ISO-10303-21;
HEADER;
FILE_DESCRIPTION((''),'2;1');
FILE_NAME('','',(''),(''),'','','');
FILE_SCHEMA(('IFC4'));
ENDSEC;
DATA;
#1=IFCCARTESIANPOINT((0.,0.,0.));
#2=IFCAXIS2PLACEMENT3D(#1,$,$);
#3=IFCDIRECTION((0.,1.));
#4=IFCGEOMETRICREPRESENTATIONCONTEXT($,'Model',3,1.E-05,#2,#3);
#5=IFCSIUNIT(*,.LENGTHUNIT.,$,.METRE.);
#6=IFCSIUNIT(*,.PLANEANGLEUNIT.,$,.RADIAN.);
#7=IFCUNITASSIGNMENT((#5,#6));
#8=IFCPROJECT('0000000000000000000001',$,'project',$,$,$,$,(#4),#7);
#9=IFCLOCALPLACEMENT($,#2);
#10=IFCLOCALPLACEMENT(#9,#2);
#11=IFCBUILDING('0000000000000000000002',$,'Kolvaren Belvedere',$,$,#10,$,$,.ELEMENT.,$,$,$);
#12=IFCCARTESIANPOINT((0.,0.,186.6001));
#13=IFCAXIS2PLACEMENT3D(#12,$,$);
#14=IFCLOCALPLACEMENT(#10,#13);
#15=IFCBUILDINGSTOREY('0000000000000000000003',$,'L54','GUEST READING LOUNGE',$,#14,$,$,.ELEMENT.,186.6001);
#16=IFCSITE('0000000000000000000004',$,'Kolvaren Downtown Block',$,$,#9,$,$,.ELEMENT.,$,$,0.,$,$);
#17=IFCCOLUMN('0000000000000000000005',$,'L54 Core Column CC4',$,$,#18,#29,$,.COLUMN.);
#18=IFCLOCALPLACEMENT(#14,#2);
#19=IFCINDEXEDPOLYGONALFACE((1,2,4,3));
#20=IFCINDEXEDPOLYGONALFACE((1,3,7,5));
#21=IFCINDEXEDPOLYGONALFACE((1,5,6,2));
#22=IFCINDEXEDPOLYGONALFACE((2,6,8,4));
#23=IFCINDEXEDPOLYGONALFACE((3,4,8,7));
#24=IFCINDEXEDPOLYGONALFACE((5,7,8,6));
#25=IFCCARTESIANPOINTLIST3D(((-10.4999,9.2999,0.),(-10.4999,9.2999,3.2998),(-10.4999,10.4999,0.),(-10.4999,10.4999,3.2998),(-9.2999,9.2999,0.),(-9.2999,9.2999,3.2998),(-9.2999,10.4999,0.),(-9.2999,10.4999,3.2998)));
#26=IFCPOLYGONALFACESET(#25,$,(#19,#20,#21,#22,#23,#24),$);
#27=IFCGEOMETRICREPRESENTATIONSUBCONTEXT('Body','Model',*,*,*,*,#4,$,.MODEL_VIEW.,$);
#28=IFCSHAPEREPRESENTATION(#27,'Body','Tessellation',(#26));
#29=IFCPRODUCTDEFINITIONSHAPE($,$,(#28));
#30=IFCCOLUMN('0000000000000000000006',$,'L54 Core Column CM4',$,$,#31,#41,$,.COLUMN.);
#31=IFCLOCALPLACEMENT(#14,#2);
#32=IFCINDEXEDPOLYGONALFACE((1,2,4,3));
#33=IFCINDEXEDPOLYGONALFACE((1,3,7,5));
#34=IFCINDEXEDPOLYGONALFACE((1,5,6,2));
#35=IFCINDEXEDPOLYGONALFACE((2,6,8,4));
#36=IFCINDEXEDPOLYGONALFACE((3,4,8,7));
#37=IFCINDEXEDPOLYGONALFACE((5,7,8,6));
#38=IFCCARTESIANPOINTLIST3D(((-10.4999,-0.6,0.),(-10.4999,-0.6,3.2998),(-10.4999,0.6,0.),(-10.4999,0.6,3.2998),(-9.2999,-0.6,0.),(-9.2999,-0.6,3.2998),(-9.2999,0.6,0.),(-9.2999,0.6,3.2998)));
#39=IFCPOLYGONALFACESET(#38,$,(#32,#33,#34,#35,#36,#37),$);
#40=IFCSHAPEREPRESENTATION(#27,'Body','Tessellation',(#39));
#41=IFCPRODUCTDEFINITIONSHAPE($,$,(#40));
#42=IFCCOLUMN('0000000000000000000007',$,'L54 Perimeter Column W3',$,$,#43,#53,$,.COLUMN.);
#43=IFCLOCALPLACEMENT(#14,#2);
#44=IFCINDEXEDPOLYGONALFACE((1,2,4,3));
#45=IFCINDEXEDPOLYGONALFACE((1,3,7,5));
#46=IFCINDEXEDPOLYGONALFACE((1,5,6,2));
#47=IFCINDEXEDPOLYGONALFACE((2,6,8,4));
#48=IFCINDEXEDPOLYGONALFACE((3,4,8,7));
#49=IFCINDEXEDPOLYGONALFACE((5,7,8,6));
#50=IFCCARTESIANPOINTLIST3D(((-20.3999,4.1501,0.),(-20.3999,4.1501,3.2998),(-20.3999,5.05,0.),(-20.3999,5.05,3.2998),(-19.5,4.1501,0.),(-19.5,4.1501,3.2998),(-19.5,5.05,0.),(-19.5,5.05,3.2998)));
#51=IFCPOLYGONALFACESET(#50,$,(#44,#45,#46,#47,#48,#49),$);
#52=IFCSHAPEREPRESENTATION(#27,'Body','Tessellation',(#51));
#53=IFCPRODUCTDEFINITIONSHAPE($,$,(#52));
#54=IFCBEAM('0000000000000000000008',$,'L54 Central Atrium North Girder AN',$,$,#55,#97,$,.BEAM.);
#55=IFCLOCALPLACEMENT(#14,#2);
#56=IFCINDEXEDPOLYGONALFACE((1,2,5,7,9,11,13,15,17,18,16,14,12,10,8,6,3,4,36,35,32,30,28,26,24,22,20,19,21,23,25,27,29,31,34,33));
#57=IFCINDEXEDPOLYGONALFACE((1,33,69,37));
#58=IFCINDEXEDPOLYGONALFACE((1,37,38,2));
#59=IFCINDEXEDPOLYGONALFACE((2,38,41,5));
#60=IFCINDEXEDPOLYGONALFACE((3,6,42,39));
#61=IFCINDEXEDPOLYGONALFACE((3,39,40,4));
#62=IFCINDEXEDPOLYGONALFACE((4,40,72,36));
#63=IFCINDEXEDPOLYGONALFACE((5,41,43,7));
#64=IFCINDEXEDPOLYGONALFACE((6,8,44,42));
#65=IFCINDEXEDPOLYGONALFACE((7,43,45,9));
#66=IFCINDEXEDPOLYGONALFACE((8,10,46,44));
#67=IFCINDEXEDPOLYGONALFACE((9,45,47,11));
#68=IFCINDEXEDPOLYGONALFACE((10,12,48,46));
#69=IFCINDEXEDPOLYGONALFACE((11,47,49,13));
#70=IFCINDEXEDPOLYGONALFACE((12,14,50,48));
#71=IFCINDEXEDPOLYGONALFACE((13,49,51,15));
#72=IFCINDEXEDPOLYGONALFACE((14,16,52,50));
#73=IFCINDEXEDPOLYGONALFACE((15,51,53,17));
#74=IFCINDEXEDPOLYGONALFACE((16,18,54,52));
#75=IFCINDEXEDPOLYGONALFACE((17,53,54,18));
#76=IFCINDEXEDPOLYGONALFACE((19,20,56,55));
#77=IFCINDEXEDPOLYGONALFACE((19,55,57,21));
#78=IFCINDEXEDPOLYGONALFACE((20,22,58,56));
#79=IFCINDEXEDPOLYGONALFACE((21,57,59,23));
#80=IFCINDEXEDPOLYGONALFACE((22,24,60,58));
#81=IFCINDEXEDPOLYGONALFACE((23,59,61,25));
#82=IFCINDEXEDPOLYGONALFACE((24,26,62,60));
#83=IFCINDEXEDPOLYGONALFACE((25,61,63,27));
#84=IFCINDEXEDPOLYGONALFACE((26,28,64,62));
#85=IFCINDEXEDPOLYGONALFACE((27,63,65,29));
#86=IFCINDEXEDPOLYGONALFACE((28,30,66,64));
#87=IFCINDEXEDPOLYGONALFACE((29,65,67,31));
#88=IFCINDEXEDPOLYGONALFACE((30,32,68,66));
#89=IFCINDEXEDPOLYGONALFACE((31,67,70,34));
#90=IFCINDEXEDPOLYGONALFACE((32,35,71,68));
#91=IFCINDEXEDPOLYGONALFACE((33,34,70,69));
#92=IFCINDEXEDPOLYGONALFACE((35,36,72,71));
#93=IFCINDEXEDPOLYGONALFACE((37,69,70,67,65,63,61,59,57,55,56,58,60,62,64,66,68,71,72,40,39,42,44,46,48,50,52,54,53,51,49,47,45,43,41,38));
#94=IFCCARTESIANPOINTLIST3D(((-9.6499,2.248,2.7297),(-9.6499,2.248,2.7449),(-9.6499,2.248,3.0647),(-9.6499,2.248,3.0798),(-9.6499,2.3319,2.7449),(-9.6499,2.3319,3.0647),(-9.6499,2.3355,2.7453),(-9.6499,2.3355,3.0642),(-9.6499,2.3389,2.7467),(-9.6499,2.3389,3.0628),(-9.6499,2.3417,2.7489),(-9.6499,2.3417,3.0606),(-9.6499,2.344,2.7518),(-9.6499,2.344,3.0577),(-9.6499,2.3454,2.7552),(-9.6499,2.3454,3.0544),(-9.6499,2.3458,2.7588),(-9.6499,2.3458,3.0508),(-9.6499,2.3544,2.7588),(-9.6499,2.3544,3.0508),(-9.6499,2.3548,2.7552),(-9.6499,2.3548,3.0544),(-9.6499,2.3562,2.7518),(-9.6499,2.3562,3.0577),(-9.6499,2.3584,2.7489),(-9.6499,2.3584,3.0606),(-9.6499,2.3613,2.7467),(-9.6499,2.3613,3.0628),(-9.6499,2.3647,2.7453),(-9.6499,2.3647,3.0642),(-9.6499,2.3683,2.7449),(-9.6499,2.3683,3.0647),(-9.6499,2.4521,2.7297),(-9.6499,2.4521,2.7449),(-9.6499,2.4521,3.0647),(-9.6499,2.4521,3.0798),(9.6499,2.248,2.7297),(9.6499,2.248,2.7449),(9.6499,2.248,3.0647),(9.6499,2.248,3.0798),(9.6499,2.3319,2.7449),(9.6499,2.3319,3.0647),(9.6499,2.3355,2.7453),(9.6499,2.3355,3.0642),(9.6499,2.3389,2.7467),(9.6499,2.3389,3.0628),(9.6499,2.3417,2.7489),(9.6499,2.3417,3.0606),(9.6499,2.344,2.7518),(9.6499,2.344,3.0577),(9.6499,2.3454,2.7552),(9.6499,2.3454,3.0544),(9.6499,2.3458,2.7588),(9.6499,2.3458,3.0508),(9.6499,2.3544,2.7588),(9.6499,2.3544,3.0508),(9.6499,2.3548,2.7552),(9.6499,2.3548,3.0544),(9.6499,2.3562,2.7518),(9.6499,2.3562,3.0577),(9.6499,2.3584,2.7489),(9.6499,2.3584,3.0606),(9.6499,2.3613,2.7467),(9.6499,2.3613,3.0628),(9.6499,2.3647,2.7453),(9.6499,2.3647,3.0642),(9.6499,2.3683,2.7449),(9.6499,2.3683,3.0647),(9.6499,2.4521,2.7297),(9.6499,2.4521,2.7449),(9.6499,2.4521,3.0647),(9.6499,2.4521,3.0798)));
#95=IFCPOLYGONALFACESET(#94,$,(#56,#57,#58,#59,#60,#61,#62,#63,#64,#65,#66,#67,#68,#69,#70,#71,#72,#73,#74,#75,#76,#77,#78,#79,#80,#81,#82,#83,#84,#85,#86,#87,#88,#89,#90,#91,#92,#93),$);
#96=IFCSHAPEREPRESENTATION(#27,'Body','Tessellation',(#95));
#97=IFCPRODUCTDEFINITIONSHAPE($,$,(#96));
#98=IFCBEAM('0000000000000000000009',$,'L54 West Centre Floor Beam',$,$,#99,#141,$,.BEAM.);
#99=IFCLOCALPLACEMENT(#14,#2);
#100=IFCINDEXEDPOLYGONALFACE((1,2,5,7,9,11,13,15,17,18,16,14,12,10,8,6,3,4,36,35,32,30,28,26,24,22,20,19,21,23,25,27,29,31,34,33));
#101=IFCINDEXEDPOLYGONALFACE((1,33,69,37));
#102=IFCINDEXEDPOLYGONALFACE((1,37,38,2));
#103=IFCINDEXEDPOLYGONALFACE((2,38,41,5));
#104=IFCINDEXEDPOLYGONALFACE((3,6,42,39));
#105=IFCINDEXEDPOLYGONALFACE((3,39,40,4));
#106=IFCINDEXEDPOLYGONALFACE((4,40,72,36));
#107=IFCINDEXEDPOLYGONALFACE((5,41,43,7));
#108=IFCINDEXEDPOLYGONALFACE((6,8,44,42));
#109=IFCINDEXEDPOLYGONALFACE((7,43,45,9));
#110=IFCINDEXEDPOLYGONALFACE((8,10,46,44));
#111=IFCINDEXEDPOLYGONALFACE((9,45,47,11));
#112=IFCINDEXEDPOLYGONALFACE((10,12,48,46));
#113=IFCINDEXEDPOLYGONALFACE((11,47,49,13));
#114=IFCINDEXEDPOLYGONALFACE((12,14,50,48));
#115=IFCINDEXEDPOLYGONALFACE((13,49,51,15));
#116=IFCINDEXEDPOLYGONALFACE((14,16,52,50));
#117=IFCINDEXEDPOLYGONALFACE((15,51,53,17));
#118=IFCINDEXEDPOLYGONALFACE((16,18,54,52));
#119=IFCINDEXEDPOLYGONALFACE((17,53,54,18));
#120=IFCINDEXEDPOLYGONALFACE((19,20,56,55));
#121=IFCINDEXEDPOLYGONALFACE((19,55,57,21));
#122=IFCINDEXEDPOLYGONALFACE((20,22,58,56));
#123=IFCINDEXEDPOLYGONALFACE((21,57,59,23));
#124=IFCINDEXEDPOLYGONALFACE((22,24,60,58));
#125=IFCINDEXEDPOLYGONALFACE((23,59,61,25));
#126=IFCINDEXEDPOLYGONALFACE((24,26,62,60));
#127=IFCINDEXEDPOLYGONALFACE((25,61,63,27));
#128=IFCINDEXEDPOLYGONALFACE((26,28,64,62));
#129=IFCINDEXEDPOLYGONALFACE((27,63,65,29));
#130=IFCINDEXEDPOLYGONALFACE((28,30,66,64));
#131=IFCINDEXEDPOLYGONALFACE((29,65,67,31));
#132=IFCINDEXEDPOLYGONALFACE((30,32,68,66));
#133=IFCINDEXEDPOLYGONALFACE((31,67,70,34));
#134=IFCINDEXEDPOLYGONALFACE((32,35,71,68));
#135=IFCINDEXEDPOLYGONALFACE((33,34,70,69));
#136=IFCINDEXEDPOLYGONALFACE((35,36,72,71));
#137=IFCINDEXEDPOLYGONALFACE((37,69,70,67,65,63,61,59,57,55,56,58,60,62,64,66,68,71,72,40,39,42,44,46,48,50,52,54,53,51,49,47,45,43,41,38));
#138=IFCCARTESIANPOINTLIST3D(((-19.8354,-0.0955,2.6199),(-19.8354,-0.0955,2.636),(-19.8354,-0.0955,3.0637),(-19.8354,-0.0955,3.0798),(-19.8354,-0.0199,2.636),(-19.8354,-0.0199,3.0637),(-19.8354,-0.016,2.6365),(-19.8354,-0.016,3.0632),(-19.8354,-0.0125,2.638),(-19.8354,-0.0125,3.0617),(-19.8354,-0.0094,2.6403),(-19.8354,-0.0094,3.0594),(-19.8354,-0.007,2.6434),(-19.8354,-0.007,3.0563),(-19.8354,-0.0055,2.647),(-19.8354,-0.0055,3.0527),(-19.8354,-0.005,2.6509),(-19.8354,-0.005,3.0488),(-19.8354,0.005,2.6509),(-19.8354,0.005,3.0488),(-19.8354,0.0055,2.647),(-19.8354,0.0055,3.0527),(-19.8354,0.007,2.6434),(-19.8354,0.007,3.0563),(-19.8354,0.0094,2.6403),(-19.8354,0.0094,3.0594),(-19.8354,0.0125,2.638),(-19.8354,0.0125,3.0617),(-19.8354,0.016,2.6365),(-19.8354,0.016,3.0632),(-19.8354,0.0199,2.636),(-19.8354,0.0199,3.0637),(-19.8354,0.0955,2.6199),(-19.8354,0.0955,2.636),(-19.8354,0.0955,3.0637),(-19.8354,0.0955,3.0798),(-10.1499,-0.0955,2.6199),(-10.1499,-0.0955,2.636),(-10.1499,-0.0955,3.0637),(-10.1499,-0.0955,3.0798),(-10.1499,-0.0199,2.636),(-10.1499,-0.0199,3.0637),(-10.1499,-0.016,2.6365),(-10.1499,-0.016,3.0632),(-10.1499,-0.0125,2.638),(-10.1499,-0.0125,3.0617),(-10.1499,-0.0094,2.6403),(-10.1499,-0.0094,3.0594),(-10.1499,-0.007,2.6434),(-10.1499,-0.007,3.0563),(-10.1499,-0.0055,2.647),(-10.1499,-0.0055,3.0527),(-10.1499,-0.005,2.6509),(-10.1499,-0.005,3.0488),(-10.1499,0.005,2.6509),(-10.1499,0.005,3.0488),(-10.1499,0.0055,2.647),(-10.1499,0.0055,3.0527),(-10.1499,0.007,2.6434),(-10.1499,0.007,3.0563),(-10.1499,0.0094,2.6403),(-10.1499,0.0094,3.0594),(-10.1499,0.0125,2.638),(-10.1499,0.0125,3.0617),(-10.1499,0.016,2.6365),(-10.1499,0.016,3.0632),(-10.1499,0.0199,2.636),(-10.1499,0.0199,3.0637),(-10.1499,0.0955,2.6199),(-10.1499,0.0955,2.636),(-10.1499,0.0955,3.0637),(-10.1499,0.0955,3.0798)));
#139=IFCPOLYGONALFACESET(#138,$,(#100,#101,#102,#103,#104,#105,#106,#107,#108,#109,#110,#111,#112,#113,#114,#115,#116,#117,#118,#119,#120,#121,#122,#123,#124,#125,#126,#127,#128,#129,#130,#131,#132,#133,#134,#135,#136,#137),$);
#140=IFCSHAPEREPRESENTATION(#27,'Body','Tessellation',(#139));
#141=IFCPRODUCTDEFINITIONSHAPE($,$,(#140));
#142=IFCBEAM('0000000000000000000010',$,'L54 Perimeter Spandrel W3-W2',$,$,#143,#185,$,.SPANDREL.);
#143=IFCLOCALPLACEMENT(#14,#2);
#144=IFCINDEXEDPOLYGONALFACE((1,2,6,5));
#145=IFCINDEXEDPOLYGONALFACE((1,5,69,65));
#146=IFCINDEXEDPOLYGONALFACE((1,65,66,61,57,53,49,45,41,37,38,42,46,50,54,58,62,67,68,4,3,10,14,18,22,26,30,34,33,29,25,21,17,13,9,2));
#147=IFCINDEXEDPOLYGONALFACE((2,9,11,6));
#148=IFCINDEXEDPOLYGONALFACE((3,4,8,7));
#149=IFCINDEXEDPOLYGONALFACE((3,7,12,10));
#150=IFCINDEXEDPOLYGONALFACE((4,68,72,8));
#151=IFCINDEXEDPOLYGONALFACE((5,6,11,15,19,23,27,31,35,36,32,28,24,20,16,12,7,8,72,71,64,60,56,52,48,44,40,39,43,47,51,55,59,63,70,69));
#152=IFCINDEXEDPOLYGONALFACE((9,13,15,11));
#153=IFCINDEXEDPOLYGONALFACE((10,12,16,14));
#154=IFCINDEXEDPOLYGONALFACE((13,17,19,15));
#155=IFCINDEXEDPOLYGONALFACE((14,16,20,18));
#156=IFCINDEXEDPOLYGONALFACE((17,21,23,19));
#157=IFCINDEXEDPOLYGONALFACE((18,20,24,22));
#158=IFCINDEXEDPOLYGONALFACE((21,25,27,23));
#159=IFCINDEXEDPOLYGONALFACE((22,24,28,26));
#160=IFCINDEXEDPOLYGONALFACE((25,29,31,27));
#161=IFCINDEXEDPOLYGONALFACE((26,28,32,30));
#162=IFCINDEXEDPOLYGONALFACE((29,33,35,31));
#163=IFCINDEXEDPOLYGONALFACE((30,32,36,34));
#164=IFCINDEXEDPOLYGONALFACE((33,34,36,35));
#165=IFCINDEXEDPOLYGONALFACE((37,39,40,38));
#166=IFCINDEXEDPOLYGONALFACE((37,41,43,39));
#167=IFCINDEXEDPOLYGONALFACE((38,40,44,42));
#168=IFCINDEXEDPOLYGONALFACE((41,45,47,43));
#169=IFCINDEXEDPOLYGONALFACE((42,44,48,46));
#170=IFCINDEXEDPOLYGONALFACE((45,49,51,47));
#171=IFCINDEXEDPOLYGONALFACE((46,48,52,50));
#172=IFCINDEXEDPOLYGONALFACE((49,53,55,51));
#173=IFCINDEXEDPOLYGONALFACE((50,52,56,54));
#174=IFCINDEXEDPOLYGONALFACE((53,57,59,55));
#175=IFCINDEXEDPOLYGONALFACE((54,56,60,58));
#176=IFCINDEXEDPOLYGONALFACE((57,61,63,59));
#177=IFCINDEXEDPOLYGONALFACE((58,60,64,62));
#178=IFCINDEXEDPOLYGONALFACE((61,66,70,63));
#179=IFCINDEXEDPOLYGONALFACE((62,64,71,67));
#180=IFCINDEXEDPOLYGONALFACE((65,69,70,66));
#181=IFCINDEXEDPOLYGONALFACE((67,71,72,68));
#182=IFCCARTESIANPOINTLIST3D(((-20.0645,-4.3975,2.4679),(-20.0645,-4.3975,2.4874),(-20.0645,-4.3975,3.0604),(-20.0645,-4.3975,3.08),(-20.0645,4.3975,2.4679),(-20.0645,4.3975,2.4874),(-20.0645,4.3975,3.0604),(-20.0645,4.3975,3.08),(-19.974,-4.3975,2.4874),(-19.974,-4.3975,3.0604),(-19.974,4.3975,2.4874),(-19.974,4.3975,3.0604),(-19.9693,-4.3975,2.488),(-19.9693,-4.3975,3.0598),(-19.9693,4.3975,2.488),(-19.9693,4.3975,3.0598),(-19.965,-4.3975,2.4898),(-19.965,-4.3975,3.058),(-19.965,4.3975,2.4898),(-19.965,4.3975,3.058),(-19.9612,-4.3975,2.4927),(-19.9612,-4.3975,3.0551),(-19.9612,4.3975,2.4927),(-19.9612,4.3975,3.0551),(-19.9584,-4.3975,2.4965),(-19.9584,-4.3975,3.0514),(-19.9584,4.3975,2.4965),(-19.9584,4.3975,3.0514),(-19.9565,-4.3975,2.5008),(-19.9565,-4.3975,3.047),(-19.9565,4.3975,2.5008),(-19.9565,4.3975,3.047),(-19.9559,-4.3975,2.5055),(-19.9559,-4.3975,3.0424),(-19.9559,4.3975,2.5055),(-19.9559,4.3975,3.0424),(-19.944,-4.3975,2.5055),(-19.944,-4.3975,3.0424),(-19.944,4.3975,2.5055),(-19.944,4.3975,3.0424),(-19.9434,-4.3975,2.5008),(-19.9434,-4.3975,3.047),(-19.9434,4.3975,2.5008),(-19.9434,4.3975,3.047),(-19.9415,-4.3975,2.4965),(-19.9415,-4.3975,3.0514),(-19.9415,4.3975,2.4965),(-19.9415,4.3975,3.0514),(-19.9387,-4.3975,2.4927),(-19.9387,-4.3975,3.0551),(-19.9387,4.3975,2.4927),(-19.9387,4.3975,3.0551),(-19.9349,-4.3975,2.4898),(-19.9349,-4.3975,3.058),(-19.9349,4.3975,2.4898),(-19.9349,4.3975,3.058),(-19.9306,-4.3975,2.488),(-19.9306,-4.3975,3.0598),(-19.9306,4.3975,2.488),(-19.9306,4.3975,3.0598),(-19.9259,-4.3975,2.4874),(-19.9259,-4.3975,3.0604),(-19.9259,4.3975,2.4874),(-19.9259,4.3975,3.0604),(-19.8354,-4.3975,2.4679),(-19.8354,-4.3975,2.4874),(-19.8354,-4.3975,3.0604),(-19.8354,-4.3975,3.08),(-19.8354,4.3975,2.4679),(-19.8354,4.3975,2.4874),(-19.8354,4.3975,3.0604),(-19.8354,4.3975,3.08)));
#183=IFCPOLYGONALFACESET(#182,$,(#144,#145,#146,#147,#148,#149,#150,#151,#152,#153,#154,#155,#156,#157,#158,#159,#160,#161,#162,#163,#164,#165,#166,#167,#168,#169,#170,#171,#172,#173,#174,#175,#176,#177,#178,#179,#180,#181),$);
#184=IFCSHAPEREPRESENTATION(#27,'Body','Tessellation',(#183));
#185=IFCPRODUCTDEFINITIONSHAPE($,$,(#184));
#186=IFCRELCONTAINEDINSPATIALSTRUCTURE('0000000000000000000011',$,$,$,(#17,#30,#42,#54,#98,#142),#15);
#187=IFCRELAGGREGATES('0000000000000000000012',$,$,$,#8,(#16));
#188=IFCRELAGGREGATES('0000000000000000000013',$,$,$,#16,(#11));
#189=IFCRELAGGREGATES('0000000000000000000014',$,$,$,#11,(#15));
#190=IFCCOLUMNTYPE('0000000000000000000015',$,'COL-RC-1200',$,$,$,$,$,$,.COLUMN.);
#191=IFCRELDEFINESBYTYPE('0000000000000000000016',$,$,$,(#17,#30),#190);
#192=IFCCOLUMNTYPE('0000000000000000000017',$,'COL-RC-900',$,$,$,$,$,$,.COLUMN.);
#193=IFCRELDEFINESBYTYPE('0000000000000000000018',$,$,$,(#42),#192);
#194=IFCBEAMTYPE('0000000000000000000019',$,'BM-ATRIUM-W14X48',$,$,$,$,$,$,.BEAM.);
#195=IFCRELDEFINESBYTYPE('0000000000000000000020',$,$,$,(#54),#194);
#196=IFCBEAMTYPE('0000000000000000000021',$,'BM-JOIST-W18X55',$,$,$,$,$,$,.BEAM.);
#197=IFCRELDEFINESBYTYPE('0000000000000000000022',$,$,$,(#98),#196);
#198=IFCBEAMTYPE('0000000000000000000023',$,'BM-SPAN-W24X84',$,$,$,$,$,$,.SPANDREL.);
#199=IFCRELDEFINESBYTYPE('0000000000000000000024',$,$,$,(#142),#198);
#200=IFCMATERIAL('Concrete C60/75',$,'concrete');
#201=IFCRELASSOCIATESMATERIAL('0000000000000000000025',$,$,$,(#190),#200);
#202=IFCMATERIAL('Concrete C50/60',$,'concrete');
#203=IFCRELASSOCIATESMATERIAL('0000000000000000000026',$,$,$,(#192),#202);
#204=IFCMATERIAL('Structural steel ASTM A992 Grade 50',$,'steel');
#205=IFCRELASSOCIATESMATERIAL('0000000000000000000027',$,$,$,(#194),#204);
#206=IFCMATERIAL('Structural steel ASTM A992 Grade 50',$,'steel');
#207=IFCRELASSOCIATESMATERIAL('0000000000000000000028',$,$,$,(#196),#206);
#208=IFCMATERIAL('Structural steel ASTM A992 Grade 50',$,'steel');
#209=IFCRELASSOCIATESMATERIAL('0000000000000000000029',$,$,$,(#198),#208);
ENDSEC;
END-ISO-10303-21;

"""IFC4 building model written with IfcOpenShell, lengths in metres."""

from ifc_helpers import new_model, si_unit, direction, frame, origin, origin_2d, place, context, subcontext, project, spatial, rectangle, i_section, extrude, material, material_profile, profile_set, type_object, element, save


model = new_model("IFC4")

# Units and contexts
model_context = context("Model", 3, precision=1e-05, world=origin(), true_north=direction((0.0, 1.0)))
body_context = subcontext(model_context, "Body", "Model", "MODEL_VIEW")
ifc_project = project(units=[si_unit("LENGTHUNIT", "METRE"), si_unit("PLANEANGLEUNIT", "RADIAN")], contexts=[model_context])

# Site, building, storey
site_placement = place(None, origin())
site = spatial("IfcSite", under=ifc_project, at=site_placement, Name="Kolvaren Downtown Block", CompositionType="ELEMENT", RefElevation=0.0)
building_placement = place(site_placement, origin())
building = spatial("IfcBuilding", under=site, at=building_placement, Name="Kolvaren Belvedere", CompositionType="ELEMENT")
storey_placement = place(building_placement, frame((0.0, 0.0, 186.6001)))
storey = spatial("IfcBuildingStorey", under=building, at=storey_placement, Name="L54", Description="GUEST READING LOUNGE", CompositionType="ELEMENT", Elevation=186.6001)

# Columns
ifc_material_1 = material(Name="Concrete C60/75", Category="concrete")
ifc_material_profile_1 = material_profile(ifc_material_1, rectangle(XDim=1.2, YDim=1.2, at=origin_2d()), Name="RC 1200X1200")
ifc_profile_set_1 = profile_set([ifc_material_profile_1], Name="Concrete C60/75")
column_type_1 = type_object("IfcColumnType", Name="COL-RC-1200", PredefinedType="COLUMN", material=ifc_profile_set_1)
for number, where, z_axis, x_axis, name in (
    (1, (-9.8999, 9.8999, 0.0), (0.0, 0.0, 1.0), (1.0, 0.0, 0.0), "L54 Core Column CC4"),
    (2, (-9.8999, 0.0, 0.0), (0.0, 0.0, 1.0), (1.0, 0.0, 0.0), "L54 Core Column CM4"),
):
    element("IfcColumn", number, at=place(storey_placement, frame(where, z_axis=z_axis, x_axis=x_axis)), inside=storey, type_object=column_type_1, Name=name, PredefinedType="COLUMN", context=body_context, shape_type="SweptSolid", body=[
        extrude(rectangle(XDim=1.2, YDim=1.2, at=origin_2d()), origin(), (0.0, 0.0, 1.0), 3.2998),
    ])
ifc_material_2 = material(Name="Concrete C50/60", Category="concrete")
ifc_material_profile_2 = material_profile(ifc_material_2, rectangle(XDim=0.8999, YDim=0.8999, at=origin_2d()), Name="RC 900X900")
ifc_profile_set_2 = profile_set([ifc_material_profile_2], Name="Concrete C50/60")
column_type_2 = type_object("IfcColumnType", Name="COL-RC-900", PredefinedType="COLUMN", material=ifc_profile_set_2)
column_placement = place(storey_placement, frame((-19.95, 4.6001, 0.0), z_axis=(0.0, 0.0, 1.0), x_axis=(1.0, 0.0, 0.0)))
element("IfcColumn", 3, at=column_placement, inside=storey, type_object=column_type_2, Name="L54 Perimeter Column W3", PredefinedType="COLUMN", context=body_context, shape_type="SweptSolid", body=[
    extrude(rectangle(XDim=0.8999, YDim=0.8999, at=origin_2d()), origin(), (0.0, 0.0, 1.0), 3.2998),
])

# Beams
ifc_material_3 = material(Name="Structural steel ASTM A992 Grade 50", Category="steel")
ifc_material_profile_3 = material_profile(ifc_material_3, i_section(OverallWidth=0.2041, OverallDepth=0.3501, WebThickness=0.0085, FlangeThickness=0.0151, FilletRadius=0.0139, at=origin_2d()), Name="W14X48")
ifc_profile_set_3 = profile_set([ifc_material_profile_3], Name="Structural steel ASTM A992 Grade 50")
beam_type_1 = type_object("IfcBeamType", Name="BM-ATRIUM-W14X48", PredefinedType="BEAM", material=ifc_profile_set_3)
beam_1_placement = place(storey_placement, frame((-9.6499, 2.3501, 2.9048), z_axis=(1.0, 0.0, 0.0), x_axis=(0.0, 1.0, 0.0)))
element("IfcBeam", 4, at=beam_1_placement, inside=storey, type_object=beam_type_1, Name="L54 Central Atrium North Girder AN", PredefinedType="BEAM", context=body_context, shape_type="SweptSolid", body=[
    extrude(i_section(OverallWidth=0.2041, OverallDepth=0.3501, WebThickness=0.0085, FlangeThickness=0.0151, FilletRadius=0.0139, at=origin_2d()), origin(), (0.0, 0.0, 1.0), 19.2998),
])
ifc_material_4 = material(Name="Structural steel ASTM A992 Grade 50", Category="steel")
ifc_material_profile_4 = material_profile(ifc_material_4, i_section(OverallWidth=0.1909, OverallDepth=0.46, WebThickness=0.01, FlangeThickness=0.0161, FilletRadius=0.0149, at=origin_2d()), Name="W18X55")
ifc_profile_set_4 = profile_set([ifc_material_profile_4], Name="Structural steel ASTM A992 Grade 50")
beam_type_2 = type_object("IfcBeamType", Name="BM-JOIST-W18X55", PredefinedType="BEAM", material=ifc_profile_set_4)
beam_2_placement = place(storey_placement, frame((-10.1499, 0.0, 2.8499), z_axis=(-1.0, 0.0, 0.0), x_axis=(0.0, -1.0, 0.0)))
element("IfcBeam", 5, at=beam_2_placement, inside=storey, type_object=beam_type_2, Name="L54 West Centre Floor Beam", PredefinedType="BEAM", context=body_context, shape_type="SweptSolid", body=[
    extrude(i_section(OverallWidth=0.1909, OverallDepth=0.46, WebThickness=0.01, FlangeThickness=0.0161, FilletRadius=0.0149, at=origin_2d()), origin(), (0.0, 0.0, 1.0), 9.6855),
])
ifc_material_5 = material(Name="Structural steel ASTM A992 Grade 50", Category="steel")
ifc_material_profile_5 = material_profile(ifc_material_5, i_section(OverallWidth=0.229, OverallDepth=0.6121, WebThickness=0.012, FlangeThickness=0.0195, FilletRadius=0.0181, at=origin_2d()), Name="W24X84")
ifc_profile_set_5 = profile_set([ifc_material_profile_5], Name="Structural steel ASTM A992 Grade 50")
beam_type_3 = type_object("IfcBeamType", Name="BM-SPAN-W24X84", PredefinedType="SPANDREL", material=ifc_profile_set_5)
beam_3_placement = place(storey_placement, frame((-19.95, 4.3975, 2.7739), z_axis=(0.0, -1.0, 0.0), x_axis=(1.0, 0.0, 0.0)))
element("IfcBeam", 6, at=beam_3_placement, inside=storey, type_object=beam_type_3, Name="L54 Perimeter Spandrel W3-W2", PredefinedType="SPANDREL", context=body_context, shape_type="SweptSolid", body=[
    extrude(i_section(OverallWidth=0.229, OverallDepth=0.6121, WebThickness=0.012, FlangeThickness=0.0195, FilletRadius=0.0181, at=origin_2d()), origin(), (0.0, 0.0, 1.0), 8.7949),
])

save(model, "model.ifc")
